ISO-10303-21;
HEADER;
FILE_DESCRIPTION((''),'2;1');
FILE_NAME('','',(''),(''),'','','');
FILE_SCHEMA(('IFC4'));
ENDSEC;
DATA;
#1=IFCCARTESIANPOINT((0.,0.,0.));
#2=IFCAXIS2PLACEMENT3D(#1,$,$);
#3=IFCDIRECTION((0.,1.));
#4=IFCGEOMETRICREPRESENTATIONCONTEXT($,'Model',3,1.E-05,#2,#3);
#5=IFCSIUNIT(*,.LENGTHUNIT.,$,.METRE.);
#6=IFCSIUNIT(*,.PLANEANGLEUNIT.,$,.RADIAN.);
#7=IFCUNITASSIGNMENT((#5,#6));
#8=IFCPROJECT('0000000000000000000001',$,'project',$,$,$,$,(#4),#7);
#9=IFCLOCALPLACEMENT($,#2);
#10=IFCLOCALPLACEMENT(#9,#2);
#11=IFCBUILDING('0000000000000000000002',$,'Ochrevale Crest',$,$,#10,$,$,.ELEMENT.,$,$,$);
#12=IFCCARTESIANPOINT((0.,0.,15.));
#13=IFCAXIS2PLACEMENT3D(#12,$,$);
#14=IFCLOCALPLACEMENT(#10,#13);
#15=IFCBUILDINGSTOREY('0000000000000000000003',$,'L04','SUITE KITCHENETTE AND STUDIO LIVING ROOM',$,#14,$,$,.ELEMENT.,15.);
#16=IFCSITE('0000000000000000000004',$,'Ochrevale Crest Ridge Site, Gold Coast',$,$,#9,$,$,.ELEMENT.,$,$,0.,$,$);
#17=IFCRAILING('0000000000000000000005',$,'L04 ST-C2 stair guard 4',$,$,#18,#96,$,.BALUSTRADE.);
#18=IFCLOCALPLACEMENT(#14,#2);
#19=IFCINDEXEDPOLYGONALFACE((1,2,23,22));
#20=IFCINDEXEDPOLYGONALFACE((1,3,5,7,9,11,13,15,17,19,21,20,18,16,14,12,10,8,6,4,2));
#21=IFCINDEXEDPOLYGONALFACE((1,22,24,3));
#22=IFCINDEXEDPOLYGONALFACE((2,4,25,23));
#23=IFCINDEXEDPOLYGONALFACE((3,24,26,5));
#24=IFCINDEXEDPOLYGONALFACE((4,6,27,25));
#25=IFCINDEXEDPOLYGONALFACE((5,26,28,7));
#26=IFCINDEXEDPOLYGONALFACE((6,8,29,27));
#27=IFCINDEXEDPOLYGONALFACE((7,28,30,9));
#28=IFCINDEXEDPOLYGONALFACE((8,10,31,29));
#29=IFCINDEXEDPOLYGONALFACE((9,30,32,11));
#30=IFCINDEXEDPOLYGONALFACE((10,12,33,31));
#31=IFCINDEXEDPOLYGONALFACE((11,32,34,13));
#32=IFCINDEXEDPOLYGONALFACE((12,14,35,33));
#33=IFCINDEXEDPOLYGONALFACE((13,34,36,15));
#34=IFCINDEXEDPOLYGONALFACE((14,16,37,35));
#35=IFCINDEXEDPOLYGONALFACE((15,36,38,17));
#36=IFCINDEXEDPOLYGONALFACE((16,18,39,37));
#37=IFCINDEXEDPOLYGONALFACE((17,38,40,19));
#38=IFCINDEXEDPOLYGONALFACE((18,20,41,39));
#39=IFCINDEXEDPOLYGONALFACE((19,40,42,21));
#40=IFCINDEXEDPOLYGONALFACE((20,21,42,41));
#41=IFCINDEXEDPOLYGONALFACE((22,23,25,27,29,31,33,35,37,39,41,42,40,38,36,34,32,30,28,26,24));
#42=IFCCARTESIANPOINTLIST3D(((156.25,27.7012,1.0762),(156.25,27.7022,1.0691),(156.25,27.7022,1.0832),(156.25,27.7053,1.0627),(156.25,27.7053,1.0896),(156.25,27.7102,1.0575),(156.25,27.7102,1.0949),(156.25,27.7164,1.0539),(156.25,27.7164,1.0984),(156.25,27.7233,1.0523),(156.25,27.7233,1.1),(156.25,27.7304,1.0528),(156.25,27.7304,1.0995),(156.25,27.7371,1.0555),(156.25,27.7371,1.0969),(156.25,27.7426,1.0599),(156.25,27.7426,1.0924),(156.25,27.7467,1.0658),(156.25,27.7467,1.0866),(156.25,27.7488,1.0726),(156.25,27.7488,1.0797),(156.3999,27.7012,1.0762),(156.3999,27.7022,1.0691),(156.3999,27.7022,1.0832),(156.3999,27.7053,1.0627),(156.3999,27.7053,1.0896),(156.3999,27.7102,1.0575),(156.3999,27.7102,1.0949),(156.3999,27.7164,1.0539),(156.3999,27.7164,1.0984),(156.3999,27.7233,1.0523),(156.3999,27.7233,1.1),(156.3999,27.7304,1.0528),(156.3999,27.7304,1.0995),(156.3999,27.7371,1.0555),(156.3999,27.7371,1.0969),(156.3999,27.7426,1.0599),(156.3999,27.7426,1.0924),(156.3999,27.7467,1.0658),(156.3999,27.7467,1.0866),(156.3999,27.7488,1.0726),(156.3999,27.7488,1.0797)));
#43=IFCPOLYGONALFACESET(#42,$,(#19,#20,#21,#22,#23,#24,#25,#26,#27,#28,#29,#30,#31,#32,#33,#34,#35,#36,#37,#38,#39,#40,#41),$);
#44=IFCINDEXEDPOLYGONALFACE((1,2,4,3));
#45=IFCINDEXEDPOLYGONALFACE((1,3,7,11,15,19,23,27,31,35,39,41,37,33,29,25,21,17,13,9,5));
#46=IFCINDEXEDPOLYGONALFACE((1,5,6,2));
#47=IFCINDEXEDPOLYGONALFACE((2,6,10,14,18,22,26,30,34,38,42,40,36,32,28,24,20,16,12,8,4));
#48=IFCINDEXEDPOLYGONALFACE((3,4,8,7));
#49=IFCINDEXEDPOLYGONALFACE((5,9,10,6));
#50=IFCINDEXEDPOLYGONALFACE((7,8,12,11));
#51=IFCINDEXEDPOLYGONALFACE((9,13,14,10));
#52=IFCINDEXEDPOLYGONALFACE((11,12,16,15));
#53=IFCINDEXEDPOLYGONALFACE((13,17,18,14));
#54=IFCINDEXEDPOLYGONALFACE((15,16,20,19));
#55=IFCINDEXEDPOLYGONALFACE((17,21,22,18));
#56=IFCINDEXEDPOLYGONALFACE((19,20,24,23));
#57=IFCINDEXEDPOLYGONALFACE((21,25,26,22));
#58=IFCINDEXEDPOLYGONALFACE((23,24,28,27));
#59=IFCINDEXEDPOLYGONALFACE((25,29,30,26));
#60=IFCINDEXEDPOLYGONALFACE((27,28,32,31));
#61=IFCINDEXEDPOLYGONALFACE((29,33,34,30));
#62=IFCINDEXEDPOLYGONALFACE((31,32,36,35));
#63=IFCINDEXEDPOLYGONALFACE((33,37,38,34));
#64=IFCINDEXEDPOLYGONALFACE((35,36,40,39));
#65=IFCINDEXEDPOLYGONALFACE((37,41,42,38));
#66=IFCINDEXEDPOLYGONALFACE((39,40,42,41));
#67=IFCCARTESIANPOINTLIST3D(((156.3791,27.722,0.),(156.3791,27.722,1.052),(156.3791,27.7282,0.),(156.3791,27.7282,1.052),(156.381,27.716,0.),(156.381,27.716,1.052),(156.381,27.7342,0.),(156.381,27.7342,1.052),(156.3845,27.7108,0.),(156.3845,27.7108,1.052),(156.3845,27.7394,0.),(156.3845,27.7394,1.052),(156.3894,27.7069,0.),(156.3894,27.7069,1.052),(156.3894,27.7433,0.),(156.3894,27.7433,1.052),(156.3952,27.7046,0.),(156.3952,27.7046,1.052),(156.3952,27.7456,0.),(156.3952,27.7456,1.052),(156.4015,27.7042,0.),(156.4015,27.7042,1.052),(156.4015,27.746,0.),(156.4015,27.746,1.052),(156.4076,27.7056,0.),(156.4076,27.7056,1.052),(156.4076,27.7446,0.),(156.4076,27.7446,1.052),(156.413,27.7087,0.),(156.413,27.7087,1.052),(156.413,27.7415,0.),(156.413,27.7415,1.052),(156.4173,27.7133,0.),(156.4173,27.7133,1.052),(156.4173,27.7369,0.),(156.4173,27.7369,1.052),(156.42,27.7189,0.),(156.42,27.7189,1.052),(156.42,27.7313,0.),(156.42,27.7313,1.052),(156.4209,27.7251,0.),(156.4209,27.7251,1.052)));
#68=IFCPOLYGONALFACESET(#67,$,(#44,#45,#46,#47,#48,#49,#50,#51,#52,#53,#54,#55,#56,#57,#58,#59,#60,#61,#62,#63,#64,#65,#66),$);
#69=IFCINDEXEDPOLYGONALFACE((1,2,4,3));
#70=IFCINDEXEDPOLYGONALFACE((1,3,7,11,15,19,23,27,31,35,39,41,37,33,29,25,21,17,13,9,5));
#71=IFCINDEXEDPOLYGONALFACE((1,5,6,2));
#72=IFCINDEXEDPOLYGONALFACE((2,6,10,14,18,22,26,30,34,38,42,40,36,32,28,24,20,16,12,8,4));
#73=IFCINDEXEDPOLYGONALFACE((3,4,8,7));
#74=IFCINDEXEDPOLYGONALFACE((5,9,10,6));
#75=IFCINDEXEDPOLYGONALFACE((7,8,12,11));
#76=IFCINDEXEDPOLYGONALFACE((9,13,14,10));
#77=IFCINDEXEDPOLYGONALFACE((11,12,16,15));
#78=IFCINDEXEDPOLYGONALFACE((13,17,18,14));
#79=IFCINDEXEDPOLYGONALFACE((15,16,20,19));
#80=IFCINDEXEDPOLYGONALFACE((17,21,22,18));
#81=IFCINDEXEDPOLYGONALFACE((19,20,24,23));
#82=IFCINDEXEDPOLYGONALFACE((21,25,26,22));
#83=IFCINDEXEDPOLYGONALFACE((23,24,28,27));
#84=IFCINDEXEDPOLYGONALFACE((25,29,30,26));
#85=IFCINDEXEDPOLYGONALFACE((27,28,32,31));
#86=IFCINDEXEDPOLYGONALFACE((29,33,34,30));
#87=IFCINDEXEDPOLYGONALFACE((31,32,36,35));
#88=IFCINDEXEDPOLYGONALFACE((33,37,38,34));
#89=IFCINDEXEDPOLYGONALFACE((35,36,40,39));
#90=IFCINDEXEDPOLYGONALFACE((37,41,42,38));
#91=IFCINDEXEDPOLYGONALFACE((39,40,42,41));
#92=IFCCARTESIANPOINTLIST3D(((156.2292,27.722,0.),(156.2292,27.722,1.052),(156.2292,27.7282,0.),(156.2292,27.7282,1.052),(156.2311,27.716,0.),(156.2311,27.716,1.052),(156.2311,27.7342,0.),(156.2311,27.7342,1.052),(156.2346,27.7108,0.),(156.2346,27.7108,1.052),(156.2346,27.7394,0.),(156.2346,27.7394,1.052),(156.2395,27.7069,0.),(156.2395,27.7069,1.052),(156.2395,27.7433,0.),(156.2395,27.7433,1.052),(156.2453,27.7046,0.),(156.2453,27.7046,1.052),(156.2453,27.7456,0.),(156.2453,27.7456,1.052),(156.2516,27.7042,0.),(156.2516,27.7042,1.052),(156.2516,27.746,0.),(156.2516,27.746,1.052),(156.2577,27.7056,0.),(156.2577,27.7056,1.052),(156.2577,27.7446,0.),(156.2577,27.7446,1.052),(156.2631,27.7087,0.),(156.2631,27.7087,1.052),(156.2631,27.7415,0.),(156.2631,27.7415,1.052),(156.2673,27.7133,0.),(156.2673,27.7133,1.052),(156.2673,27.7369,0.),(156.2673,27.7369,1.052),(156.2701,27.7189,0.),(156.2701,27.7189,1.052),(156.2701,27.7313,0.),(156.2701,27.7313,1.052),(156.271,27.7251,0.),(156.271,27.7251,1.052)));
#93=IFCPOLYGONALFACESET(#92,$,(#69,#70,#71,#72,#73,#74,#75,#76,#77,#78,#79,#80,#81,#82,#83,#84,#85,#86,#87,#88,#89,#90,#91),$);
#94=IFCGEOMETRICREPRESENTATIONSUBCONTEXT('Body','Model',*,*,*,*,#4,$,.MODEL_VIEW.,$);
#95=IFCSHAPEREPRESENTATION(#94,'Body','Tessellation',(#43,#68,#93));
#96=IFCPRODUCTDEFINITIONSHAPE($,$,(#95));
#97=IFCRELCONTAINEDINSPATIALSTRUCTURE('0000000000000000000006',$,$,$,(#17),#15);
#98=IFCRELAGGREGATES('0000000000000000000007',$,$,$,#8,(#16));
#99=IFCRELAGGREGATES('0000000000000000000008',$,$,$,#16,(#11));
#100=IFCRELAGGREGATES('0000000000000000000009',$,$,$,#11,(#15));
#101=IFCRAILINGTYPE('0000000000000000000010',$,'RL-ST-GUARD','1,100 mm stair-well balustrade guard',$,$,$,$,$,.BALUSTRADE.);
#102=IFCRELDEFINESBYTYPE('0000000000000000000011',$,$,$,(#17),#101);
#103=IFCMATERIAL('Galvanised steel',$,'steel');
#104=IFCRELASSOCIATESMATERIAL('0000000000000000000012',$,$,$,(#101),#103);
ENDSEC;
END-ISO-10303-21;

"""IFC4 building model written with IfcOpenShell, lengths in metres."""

from ifc_helpers import new_model, si_unit, direction, frame, origin, origin_2d, place, context, subcontext, project, spatial, circle, extrude, material, type_object, element, save


model = new_model("IFC4")

# Units and contexts
model_context = context("Model", 3, precision=1e-05, world=origin(), true_north=direction((0.0, 1.0)))
body_context = subcontext(model_context, "Body", "Model", "MODEL_VIEW")
ifc_project = project(units=[si_unit("LENGTHUNIT", "METRE"), si_unit("PLANEANGLEUNIT", "RADIAN")], contexts=[model_context])

# Site, building, storey
site_placement = place(None, origin())
site = spatial("IfcSite", under=ifc_project, at=site_placement, Name="Ochrevale Crest Ridge Site, Gold Coast", CompositionType="ELEMENT", RefElevation=0.0)
building_placement = place(site_placement, origin())
building = spatial("IfcBuilding", under=site, at=building_placement, Name="Ochrevale Crest", CompositionType="ELEMENT")
storey_placement = place(building_placement, frame((0.0, 0.0, 15.0)))
storey = spatial("IfcBuildingStorey", under=building, at=storey_placement, Name="L04", Description="SUITE KITCHENETTE AND STUDIO LIVING ROOM", CompositionType="ELEMENT", Elevation=15.0)

# Railing
ifc_material_1 = material(Name="Galvanised steel", Category="steel")
railing_type_1 = type_object("IfcRailingType", Name="RL-ST-GUARD", Description="1,100 mm stair-well balustrade guard", PredefinedType="BALUSTRADE", material=ifc_material_1)
railing_1_placement = place(storey_placement, frame((156.3999, 27.7251, 0.0)))
element("IfcRailing", 1, at=railing_1_placement, inside=storey, type_object=railing_type_1, Name="L04 ST-C2 stair guard 4", PredefinedType="BALUSTRADE", context=body_context, shape_type="SweptSolid", body=[
    extrude(circle(Radius=0.0239, at=origin_2d()), frame((0.0, 0.0, 1.0762), z_axis=(-1.0, 0.0, 0.0), x_axis=(0.0, -1.0, 0.0)), (0.0, 0.0, 1.0), 0.1499),
    extrude(circle(Radius=0.021, at=origin_2d()), origin(), (0.0, 0.0, 1.0), 1.052),
    extrude(circle(Radius=0.021, at=origin_2d()), frame((-0.1499, 0.0, 0.0)), (0.0, 0.0, 1.0), 1.052),
])

save(model, "model.ifc")
